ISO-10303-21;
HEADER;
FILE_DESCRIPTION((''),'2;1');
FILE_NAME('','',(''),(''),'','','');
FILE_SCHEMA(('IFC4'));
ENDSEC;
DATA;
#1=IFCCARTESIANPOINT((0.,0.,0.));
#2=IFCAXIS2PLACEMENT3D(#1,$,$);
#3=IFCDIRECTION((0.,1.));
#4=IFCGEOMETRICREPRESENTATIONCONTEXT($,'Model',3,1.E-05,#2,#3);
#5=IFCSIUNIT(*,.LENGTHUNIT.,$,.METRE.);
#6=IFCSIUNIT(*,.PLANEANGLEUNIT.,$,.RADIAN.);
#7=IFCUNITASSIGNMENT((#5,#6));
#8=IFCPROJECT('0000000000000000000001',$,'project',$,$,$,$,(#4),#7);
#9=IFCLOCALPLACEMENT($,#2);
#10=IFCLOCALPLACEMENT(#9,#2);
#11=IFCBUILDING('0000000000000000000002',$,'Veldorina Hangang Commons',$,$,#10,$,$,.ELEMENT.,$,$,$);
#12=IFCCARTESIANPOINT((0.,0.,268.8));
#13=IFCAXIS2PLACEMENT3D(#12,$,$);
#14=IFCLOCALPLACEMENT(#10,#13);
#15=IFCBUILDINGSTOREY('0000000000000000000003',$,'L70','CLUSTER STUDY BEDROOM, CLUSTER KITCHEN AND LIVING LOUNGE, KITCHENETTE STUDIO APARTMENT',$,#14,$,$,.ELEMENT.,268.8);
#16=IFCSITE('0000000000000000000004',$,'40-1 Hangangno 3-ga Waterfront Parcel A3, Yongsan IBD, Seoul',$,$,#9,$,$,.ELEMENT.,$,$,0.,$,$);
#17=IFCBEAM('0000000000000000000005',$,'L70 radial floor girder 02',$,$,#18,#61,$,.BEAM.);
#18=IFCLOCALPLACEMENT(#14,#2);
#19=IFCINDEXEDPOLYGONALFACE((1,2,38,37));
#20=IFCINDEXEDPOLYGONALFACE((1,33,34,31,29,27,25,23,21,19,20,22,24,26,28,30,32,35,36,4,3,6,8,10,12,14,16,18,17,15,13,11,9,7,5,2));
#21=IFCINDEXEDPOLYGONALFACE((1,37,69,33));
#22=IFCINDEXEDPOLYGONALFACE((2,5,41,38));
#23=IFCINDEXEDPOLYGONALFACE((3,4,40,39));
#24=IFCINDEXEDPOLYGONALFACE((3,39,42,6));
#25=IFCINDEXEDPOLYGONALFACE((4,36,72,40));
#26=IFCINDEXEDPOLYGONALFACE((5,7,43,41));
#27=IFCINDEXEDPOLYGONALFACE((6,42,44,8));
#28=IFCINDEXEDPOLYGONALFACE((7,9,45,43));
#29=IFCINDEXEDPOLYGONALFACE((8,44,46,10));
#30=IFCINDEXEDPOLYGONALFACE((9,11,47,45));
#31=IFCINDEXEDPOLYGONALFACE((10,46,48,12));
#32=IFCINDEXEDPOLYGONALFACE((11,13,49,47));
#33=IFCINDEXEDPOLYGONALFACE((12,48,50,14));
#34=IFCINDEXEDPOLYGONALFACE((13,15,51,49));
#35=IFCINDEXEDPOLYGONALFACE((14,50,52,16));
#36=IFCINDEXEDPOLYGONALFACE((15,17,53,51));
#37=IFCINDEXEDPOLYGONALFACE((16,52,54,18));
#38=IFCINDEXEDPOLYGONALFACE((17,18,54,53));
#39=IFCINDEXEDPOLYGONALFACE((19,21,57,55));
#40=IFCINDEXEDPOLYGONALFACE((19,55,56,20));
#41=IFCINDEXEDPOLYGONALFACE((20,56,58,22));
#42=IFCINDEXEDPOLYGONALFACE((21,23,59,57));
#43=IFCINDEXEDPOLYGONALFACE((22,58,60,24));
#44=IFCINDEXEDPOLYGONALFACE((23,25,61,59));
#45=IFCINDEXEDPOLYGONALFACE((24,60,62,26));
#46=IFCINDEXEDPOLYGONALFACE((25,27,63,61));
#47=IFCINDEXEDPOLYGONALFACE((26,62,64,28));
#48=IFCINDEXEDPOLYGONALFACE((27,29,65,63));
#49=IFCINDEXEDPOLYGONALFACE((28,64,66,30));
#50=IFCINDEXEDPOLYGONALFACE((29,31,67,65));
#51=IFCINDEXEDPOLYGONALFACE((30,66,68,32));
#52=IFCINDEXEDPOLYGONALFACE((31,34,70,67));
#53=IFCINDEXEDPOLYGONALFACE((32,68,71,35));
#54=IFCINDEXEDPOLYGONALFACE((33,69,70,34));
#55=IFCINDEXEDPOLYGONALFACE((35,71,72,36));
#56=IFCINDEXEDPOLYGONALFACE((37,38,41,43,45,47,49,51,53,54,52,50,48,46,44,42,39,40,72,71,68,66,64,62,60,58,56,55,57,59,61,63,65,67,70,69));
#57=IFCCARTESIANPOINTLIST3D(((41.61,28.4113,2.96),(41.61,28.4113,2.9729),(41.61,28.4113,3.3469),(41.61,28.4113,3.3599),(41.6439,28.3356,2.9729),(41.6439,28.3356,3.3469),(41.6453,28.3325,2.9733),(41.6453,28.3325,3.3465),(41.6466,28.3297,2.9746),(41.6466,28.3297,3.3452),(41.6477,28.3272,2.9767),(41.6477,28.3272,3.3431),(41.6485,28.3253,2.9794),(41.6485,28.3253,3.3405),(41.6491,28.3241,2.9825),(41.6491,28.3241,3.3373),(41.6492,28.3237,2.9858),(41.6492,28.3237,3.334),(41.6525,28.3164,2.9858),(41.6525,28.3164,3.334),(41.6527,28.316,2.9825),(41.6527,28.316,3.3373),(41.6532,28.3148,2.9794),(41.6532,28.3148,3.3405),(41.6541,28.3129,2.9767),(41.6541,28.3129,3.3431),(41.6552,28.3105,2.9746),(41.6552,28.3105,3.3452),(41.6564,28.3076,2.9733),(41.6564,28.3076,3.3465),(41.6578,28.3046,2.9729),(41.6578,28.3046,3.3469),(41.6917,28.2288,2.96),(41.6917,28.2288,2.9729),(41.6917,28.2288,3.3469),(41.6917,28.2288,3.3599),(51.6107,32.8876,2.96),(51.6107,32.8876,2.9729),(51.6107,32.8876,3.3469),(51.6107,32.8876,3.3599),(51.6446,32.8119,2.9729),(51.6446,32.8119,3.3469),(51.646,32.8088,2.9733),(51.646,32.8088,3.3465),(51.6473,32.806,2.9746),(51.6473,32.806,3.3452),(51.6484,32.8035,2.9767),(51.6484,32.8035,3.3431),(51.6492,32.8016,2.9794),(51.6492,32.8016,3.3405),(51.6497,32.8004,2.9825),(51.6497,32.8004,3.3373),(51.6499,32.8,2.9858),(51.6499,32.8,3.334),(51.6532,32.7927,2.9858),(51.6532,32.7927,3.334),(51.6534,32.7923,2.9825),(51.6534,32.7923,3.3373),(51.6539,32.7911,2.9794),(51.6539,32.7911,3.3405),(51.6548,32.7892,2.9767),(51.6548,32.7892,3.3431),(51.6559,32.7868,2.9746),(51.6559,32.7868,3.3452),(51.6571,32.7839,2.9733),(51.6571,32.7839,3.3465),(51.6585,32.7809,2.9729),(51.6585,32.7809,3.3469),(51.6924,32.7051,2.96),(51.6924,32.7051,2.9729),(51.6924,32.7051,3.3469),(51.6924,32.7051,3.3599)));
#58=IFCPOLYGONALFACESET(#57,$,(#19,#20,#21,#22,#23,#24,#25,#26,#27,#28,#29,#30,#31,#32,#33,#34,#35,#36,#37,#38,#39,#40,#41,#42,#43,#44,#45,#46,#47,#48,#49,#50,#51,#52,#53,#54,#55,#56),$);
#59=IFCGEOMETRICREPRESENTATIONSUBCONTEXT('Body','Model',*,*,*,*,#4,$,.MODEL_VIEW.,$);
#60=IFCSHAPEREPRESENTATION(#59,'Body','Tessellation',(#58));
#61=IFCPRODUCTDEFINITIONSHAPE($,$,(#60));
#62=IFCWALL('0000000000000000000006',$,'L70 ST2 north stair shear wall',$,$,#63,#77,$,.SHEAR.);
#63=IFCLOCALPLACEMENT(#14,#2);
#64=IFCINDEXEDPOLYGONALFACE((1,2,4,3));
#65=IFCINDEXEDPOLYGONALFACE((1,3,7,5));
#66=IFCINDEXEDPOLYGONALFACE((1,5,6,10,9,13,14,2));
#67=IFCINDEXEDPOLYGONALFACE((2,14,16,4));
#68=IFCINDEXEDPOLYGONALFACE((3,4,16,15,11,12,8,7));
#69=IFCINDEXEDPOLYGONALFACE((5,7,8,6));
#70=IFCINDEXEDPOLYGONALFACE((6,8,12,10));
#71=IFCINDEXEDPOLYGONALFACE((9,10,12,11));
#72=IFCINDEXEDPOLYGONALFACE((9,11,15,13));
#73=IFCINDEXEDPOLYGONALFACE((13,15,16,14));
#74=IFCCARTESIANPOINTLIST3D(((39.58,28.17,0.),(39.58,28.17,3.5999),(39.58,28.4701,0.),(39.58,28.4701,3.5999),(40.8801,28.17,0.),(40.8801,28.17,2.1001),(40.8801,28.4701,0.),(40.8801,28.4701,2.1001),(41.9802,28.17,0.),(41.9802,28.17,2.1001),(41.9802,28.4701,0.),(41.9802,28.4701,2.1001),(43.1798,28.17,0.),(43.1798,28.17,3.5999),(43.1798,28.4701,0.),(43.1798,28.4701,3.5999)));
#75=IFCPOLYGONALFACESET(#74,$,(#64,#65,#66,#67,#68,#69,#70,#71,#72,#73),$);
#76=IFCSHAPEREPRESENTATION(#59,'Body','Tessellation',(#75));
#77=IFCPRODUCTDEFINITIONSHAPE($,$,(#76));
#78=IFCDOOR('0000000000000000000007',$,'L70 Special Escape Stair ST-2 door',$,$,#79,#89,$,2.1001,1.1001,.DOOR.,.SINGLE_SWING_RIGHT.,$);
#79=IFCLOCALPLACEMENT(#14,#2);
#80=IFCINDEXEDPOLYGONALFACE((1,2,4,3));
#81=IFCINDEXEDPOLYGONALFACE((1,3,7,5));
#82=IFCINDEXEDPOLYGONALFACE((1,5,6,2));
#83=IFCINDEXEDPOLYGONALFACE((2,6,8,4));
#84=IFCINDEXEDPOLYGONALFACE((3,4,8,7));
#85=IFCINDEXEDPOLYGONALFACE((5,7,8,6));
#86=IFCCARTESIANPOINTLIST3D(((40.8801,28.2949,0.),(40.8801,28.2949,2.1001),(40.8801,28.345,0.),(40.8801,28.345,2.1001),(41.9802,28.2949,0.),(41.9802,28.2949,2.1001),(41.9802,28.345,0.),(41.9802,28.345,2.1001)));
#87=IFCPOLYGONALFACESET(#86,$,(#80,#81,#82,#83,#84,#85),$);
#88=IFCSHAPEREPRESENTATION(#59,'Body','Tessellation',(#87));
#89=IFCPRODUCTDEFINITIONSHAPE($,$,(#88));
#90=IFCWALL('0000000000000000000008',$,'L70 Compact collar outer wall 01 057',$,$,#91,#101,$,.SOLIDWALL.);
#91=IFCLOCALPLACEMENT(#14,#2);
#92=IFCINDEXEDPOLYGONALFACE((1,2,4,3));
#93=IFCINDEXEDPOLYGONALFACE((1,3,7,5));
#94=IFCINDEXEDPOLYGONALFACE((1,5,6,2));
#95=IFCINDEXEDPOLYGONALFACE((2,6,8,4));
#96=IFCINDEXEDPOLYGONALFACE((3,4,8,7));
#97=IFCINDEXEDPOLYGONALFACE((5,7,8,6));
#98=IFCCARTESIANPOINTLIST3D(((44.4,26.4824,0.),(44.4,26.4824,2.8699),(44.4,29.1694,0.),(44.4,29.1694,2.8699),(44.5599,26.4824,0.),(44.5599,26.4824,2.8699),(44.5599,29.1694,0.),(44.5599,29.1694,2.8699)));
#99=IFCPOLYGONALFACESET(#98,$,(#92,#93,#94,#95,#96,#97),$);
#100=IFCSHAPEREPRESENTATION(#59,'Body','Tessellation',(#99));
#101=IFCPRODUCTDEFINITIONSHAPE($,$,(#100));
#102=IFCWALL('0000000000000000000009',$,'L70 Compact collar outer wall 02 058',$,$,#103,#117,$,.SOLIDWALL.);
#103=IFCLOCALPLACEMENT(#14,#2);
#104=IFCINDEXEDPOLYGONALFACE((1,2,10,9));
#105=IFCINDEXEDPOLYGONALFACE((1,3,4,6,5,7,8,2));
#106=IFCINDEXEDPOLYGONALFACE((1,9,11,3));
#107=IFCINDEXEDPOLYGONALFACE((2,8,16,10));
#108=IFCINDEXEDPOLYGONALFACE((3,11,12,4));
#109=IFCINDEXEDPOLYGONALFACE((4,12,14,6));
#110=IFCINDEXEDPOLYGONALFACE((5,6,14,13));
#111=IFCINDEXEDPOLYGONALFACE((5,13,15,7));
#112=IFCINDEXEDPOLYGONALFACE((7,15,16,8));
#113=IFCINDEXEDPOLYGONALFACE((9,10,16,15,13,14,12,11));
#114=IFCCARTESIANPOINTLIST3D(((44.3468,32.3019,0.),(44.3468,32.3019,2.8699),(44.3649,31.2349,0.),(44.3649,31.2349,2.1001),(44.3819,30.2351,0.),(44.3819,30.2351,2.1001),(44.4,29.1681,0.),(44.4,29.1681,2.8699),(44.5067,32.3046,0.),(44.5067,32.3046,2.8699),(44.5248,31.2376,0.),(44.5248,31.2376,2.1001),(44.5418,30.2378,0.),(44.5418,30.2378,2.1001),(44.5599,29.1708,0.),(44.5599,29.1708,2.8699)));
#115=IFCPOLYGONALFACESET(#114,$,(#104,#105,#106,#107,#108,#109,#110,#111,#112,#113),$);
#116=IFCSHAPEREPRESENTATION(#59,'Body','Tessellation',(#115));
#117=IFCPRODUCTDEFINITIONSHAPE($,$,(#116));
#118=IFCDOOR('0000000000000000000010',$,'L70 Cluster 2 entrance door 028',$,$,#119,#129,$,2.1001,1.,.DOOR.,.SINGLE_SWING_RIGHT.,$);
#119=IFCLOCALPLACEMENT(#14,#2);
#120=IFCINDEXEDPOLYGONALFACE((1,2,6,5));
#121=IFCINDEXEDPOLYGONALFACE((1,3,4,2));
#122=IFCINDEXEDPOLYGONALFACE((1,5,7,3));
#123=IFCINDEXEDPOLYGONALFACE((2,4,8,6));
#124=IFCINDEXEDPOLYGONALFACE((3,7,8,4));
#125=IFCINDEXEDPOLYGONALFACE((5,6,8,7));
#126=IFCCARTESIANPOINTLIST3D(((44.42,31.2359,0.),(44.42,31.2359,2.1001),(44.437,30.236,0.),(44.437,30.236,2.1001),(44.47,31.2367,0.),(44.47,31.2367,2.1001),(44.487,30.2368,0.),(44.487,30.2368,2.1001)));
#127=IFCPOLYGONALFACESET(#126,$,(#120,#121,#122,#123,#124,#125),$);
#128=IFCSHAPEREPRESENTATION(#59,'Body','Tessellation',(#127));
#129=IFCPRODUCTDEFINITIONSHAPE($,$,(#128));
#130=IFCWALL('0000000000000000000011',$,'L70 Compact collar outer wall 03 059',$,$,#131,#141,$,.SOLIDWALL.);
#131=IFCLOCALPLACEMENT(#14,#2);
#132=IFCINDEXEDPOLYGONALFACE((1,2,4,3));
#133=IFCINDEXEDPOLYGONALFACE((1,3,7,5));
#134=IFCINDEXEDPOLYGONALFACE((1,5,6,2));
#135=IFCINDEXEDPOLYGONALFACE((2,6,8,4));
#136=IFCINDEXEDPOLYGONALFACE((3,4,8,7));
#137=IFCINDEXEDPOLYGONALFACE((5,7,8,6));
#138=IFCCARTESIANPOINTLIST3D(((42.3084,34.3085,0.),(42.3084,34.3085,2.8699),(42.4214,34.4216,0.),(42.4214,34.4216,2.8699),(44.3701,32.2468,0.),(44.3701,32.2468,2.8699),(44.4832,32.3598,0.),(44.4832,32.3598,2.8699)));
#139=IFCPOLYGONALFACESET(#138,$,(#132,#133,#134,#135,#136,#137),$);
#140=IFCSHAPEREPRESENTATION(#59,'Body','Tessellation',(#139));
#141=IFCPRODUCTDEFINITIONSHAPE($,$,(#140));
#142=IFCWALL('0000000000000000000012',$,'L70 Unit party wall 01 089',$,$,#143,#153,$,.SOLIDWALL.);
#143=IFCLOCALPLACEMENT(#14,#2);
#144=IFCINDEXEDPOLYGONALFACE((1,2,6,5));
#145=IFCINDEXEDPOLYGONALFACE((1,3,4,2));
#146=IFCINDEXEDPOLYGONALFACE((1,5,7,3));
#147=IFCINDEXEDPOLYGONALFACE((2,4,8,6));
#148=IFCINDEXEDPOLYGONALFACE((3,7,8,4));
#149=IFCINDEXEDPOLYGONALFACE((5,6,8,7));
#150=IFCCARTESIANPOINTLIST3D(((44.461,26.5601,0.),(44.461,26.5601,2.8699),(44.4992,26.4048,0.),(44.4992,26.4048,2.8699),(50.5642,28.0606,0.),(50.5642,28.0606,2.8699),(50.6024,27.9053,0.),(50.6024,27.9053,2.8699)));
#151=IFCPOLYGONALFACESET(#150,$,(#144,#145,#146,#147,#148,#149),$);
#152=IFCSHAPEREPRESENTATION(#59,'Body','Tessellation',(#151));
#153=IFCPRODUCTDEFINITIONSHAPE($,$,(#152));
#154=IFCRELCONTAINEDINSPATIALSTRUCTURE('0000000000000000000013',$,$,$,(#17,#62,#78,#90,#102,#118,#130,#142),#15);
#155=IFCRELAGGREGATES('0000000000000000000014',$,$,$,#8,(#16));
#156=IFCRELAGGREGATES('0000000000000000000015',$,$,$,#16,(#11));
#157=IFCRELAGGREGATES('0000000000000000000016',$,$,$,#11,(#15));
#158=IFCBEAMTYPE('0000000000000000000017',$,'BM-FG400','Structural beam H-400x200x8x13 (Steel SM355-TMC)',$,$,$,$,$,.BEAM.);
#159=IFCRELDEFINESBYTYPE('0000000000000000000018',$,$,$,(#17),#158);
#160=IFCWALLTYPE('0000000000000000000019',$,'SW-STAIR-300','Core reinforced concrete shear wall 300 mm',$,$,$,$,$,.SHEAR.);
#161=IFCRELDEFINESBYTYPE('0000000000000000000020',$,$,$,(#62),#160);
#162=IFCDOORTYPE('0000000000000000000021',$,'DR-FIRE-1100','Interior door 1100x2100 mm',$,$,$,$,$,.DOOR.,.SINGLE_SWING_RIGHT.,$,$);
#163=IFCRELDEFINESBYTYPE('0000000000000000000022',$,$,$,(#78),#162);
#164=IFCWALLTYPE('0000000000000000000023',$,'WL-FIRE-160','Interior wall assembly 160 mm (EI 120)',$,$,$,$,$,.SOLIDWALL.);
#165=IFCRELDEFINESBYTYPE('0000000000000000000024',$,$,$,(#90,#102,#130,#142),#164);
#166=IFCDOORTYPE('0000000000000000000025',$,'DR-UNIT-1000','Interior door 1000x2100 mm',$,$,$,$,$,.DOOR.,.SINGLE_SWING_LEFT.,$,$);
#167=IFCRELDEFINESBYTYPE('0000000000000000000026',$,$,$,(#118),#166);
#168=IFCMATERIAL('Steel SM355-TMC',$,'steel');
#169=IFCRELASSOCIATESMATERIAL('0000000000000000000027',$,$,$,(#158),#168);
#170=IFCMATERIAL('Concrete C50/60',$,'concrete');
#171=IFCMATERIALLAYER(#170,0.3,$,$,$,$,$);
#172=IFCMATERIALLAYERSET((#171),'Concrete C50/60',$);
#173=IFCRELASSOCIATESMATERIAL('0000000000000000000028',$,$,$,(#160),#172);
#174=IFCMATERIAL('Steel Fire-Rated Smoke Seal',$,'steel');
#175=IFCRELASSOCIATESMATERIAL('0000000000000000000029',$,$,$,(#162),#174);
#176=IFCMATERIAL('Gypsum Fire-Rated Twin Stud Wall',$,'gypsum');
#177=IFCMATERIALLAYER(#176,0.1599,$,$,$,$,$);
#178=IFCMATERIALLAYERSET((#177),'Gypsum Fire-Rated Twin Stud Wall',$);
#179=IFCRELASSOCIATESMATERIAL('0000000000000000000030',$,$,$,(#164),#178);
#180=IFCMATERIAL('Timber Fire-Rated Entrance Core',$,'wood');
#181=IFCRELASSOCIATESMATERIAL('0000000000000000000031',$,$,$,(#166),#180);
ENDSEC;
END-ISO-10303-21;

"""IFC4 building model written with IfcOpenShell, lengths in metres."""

from ifc_helpers import new_model, si_unit, direction, frame, frame_2d, origin, origin_2d, place, context, subcontext, project, spatial, rectangle, i_section, extrude, material, layer, layer_set, material_profile, profile_set, type_object, element, fill, save


model = new_model("IFC4")

# Units and contexts
model_context = context("Model", 3, precision=1e-05, world=origin(), true_north=direction((0.0, 1.0)))
body_context = subcontext(model_context, "Body", "Model", "MODEL_VIEW")
ifc_project = project(units=[si_unit("LENGTHUNIT", "METRE"), si_unit("PLANEANGLEUNIT", "RADIAN")], contexts=[model_context])

# Site, building, storey
site_placement = place(None, origin())
site = spatial("IfcSite", under=ifc_project, at=site_placement, Name="40-1 Hangangno 3-ga Waterfront Parcel A3, Yongsan IBD, Seoul", CompositionType="ELEMENT", RefElevation=0.0)
building_placement = place(site_placement, origin())
building = spatial("IfcBuilding", under=site, at=building_placement, Name="Veldorina Hangang Commons", CompositionType="ELEMENT")
storey_placement = place(building_placement, frame((0.0, 0.0, 268.8)))
storey = spatial("IfcBuildingStorey", under=building, at=storey_placement, Name="L70", Description="CLUSTER STUDY BEDROOM, CLUSTER KITCHEN AND LIVING LOUNGE, KITCHENETTE STUDIO APARTMENT", CompositionType="ELEMENT", Elevation=268.8)

# Beam
ifc_material_1 = material(Name="Steel SM355-TMC", Category="steel")
ifc_material_profile = material_profile(ifc_material_1, i_section(OverallWidth=0.2, OverallDepth=0.3999, WebThickness=0.0081, FlangeThickness=0.0129, FilletRadius=0.0129, at=origin_2d()), Name="H-400x200x8x13")
ifc_profile_set = profile_set([ifc_material_profile], Name="Steel SM355-TMC")
beam_type = type_object("IfcBeamType", Name="BM-FG400", Description="Structural beam H-400x200x8x13 (Steel SM355-TMC)", PredefinedType="BEAM", material=ifc_profile_set)
beam_placement = place(storey_placement, frame((41.6509, 28.3201, 3.1599), z_axis=(0.91274, 0.408541, 0.0), x_axis=(-0.408541, 0.91274, 0.0)))
element("IfcBeam", 1, at=beam_placement, inside=storey, type_object=beam_type, Name="L70 radial floor girder 02", PredefinedType="BEAM", context=body_context, shape_type="SweptSolid", body=[
    extrude(i_section(OverallWidth=0.2, OverallDepth=0.3999, WebThickness=0.0081, FlangeThickness=0.0129, FilletRadius=0.0129, at=origin_2d()), origin(), (0.0, 0.0, 1.0), 10.9568),
])

# Wall, opening, door
ifc_material_2 = material(Name="Concrete C50/60", Category="concrete")
ifc_layer_1 = layer(ifc_material_2, 0.3)
ifc_layer_set_1 = layer_set([ifc_layer_1], Name="Concrete C50/60")
wall_type_1 = type_object("IfcWallType", Name="SW-STAIR-300", Description="Core reinforced concrete shear wall 300 mm", PredefinedType="SHEAR", material=ifc_layer_set_1)
wall_1_placement = place(storey_placement, frame((39.5801, 28.3201, 0.0), z_axis=(0.0, 0.0, 1.0), x_axis=(1.0, 0.0, 0.0)))
wall_1 = element("IfcWall", 2, at=wall_1_placement, inside=storey, type_object=wall_type_1, Name="L70 ST2 north stair shear wall", PredefinedType="SHEAR", context=body_context, shape_type="SweptSolid", body=[
    extrude(rectangle(XDim=3.5999, YDim=0.3, at=frame_2d((1.7998, 0.0))), origin(), (0.0, 0.0, 1.0), 3.5999),
])
opening_1_placement = place(wall_1_placement, frame((1.3, 0.0, 0.0)))
opening_1 = element("IfcOpeningElement", 3, at=opening_1_placement, cuts=wall_1, PredefinedType="OPENING", context=body_context, shape_type="SweptSolid", body=[
    extrude(rectangle(XDim=1.1001, YDim=2.1001, at=frame_2d((0.55, 1.05))), frame((0.0, 0.1602, 0.0), z_axis=(0.0, -1.0, 0.0), x_axis=(1.0, 0.0, 0.0)), (0.0, 0.0, 1.0), 0.3201),
])
ifc_material_3 = material(Name="Steel Fire-Rated Smoke Seal", Category="steel")
door_type_1 = type_object("IfcDoorType", Name="DR-FIRE-1100", Description="Interior door 1100x2100 mm", OperationType="SINGLE_SWING_RIGHT", PredefinedType="DOOR", material=ifc_material_3)
door_1_placement = place(opening_1_placement, origin())
door_1 = element("IfcDoor", 4, at=door_1_placement, inside=storey, type_object=door_type_1, Name="L70 Special Escape Stair ST-2 door", OperationType="SINGLE_SWING_RIGHT", OverallHeight=2.1001, OverallWidth=1.1001, PredefinedType="DOOR", context=body_context, shape_type="SweptSolid", body=[
    extrude(rectangle(XDim=1.1001, YDim=2.1001, at=frame_2d((0.55, 1.05))), frame((0.0, 0.0249, 0.0), z_axis=(0.0, -1.0, 0.0), x_axis=(1.0, 0.0, 0.0)), (0.0, 0.0, 1.0), 0.05),
])
fill(opening_1, door_1)

# Wall
ifc_material_4 = material(Name="Gypsum Fire-Rated Twin Stud Wall", Category="gypsum")
ifc_layer_2 = layer(ifc_material_4, 0.1599)
ifc_layer_set_2 = layer_set([ifc_layer_2], Name="Gypsum Fire-Rated Twin Stud Wall")
wall_type_2 = type_object("IfcWallType", Name="WL-FIRE-160", Description="Interior wall assembly 160 mm (EI 120)", PredefinedType="SOLIDWALL", material=ifc_layer_set_2)
wall_2_placement = place(storey_placement, frame((44.48, 26.4824, 0.0), z_axis=(0.0, 0.0, 1.0), x_axis=(0.0, 1.0, 0.0)))
element("IfcWall", 5, at=wall_2_placement, inside=storey, type_object=wall_type_2, Name="L70 Compact collar outer wall 01 057", PredefinedType="SOLIDWALL", context=body_context, shape_type="SweptSolid", body=[
    extrude(rectangle(XDim=2.687, YDim=0.1599, at=frame_2d((1.3435, 0.0))), origin(), (0.0, 0.0, 1.0), 2.8699),
])

# Wall, opening, door
wall_3_placement = place(storey_placement, frame((44.48, 29.1694, 0.0), z_axis=(0.0, 0.0, 1.0), x_axis=(-0.016981, 0.999856, 0.0)))
wall_3 = element("IfcWall", 6, at=wall_3_placement, inside=storey, type_object=wall_type_2, Name="L70 Compact collar outer wall 02 058", PredefinedType="SOLIDWALL", context=body_context, shape_type="SweptSolid", body=[
    extrude(rectangle(XDim=3.1343, YDim=0.1599, at=frame_2d((1.5671, 0.0))), origin(), (0.0, 0.0, 1.0), 2.8699),
])
opening_2_placement = place(wall_3_placement, frame((1.0671, 0.0, 0.0)))
opening_2 = element("IfcOpeningElement", 7, at=opening_2_placement, cuts=wall_3, PredefinedType="OPENING", context=body_context, shape_type="SweptSolid", body=[
    extrude(rectangle(XDim=1.0, YDim=2.1001, at=frame_2d((0.5, 1.05))), frame((0.0, 0.0898, 0.0), z_axis=(0.0, -1.0, 0.0), x_axis=(1.0, 0.0, 0.0)), (0.0, 0.0, 1.0), 0.1799),
])
ifc_material_5 = material(Name="Timber Fire-Rated Entrance Core", Category="wood")
door_type_2 = type_object("IfcDoorType", Name="DR-UNIT-1000", Description="Interior door 1000x2100 mm", OperationType="SINGLE_SWING_LEFT", PredefinedType="DOOR", material=ifc_material_5)
door_2_placement = place(opening_2_placement, origin())
door_2 = element("IfcDoor", 8, at=door_2_placement, inside=storey, type_object=door_type_2, Name="L70 Cluster 2 entrance door 028", OperationType="SINGLE_SWING_RIGHT", OverallHeight=2.1001, OverallWidth=1.0, PredefinedType="DOOR", context=body_context, shape_type="SweptSolid", body=[
    extrude(rectangle(XDim=1.0, YDim=2.1001, at=frame_2d((0.5, 1.05))), frame((0.0, 0.0249, 0.0), z_axis=(0.0, -1.0, 0.0), x_axis=(1.0, 0.0, 0.0)), (0.0, 0.0, 1.0), 0.05),
])
fill(opening_2, door_2)

# Walls
wall_4_placement = place(storey_placement, frame((44.4268, 32.3032, 0.0), z_axis=(0.0, 0.0, 1.0), x_axis=(-0.707107, 0.707107, 0.0)))
element("IfcWall", 9, at=wall_4_placement, inside=storey, type_object=wall_type_2, Name="L70 Compact collar outer wall 03 059", PredefinedType="SOLIDWALL", context=body_context, shape_type="SweptSolid", body=[
    extrude(rectangle(XDim=2.9158, YDim=0.1599, at=frame_2d((1.458, 0.0))), origin(), (0.0, 0.0, 1.0), 2.8699),
])
wall_5_placement = place(storey_placement, frame((44.48, 26.4824, 0.0), z_axis=(0.0, 0.0, 1.0), x_axis=(0.971083, 0.238741, 0.0)))
element("IfcWall", 10, at=wall_5_placement, inside=storey, type_object=wall_type_2, Name="L70 Unit party wall 01 089", PredefinedType="SOLIDWALL", context=body_context, shape_type="SweptSolid", body=[
    extrude(rectangle(XDim=6.2849, YDim=0.1599, at=frame_2d((3.1426, 0.0))), origin(), (0.0, 0.0, 1.0), 2.8699),
])

save(model, "model.ifc")
